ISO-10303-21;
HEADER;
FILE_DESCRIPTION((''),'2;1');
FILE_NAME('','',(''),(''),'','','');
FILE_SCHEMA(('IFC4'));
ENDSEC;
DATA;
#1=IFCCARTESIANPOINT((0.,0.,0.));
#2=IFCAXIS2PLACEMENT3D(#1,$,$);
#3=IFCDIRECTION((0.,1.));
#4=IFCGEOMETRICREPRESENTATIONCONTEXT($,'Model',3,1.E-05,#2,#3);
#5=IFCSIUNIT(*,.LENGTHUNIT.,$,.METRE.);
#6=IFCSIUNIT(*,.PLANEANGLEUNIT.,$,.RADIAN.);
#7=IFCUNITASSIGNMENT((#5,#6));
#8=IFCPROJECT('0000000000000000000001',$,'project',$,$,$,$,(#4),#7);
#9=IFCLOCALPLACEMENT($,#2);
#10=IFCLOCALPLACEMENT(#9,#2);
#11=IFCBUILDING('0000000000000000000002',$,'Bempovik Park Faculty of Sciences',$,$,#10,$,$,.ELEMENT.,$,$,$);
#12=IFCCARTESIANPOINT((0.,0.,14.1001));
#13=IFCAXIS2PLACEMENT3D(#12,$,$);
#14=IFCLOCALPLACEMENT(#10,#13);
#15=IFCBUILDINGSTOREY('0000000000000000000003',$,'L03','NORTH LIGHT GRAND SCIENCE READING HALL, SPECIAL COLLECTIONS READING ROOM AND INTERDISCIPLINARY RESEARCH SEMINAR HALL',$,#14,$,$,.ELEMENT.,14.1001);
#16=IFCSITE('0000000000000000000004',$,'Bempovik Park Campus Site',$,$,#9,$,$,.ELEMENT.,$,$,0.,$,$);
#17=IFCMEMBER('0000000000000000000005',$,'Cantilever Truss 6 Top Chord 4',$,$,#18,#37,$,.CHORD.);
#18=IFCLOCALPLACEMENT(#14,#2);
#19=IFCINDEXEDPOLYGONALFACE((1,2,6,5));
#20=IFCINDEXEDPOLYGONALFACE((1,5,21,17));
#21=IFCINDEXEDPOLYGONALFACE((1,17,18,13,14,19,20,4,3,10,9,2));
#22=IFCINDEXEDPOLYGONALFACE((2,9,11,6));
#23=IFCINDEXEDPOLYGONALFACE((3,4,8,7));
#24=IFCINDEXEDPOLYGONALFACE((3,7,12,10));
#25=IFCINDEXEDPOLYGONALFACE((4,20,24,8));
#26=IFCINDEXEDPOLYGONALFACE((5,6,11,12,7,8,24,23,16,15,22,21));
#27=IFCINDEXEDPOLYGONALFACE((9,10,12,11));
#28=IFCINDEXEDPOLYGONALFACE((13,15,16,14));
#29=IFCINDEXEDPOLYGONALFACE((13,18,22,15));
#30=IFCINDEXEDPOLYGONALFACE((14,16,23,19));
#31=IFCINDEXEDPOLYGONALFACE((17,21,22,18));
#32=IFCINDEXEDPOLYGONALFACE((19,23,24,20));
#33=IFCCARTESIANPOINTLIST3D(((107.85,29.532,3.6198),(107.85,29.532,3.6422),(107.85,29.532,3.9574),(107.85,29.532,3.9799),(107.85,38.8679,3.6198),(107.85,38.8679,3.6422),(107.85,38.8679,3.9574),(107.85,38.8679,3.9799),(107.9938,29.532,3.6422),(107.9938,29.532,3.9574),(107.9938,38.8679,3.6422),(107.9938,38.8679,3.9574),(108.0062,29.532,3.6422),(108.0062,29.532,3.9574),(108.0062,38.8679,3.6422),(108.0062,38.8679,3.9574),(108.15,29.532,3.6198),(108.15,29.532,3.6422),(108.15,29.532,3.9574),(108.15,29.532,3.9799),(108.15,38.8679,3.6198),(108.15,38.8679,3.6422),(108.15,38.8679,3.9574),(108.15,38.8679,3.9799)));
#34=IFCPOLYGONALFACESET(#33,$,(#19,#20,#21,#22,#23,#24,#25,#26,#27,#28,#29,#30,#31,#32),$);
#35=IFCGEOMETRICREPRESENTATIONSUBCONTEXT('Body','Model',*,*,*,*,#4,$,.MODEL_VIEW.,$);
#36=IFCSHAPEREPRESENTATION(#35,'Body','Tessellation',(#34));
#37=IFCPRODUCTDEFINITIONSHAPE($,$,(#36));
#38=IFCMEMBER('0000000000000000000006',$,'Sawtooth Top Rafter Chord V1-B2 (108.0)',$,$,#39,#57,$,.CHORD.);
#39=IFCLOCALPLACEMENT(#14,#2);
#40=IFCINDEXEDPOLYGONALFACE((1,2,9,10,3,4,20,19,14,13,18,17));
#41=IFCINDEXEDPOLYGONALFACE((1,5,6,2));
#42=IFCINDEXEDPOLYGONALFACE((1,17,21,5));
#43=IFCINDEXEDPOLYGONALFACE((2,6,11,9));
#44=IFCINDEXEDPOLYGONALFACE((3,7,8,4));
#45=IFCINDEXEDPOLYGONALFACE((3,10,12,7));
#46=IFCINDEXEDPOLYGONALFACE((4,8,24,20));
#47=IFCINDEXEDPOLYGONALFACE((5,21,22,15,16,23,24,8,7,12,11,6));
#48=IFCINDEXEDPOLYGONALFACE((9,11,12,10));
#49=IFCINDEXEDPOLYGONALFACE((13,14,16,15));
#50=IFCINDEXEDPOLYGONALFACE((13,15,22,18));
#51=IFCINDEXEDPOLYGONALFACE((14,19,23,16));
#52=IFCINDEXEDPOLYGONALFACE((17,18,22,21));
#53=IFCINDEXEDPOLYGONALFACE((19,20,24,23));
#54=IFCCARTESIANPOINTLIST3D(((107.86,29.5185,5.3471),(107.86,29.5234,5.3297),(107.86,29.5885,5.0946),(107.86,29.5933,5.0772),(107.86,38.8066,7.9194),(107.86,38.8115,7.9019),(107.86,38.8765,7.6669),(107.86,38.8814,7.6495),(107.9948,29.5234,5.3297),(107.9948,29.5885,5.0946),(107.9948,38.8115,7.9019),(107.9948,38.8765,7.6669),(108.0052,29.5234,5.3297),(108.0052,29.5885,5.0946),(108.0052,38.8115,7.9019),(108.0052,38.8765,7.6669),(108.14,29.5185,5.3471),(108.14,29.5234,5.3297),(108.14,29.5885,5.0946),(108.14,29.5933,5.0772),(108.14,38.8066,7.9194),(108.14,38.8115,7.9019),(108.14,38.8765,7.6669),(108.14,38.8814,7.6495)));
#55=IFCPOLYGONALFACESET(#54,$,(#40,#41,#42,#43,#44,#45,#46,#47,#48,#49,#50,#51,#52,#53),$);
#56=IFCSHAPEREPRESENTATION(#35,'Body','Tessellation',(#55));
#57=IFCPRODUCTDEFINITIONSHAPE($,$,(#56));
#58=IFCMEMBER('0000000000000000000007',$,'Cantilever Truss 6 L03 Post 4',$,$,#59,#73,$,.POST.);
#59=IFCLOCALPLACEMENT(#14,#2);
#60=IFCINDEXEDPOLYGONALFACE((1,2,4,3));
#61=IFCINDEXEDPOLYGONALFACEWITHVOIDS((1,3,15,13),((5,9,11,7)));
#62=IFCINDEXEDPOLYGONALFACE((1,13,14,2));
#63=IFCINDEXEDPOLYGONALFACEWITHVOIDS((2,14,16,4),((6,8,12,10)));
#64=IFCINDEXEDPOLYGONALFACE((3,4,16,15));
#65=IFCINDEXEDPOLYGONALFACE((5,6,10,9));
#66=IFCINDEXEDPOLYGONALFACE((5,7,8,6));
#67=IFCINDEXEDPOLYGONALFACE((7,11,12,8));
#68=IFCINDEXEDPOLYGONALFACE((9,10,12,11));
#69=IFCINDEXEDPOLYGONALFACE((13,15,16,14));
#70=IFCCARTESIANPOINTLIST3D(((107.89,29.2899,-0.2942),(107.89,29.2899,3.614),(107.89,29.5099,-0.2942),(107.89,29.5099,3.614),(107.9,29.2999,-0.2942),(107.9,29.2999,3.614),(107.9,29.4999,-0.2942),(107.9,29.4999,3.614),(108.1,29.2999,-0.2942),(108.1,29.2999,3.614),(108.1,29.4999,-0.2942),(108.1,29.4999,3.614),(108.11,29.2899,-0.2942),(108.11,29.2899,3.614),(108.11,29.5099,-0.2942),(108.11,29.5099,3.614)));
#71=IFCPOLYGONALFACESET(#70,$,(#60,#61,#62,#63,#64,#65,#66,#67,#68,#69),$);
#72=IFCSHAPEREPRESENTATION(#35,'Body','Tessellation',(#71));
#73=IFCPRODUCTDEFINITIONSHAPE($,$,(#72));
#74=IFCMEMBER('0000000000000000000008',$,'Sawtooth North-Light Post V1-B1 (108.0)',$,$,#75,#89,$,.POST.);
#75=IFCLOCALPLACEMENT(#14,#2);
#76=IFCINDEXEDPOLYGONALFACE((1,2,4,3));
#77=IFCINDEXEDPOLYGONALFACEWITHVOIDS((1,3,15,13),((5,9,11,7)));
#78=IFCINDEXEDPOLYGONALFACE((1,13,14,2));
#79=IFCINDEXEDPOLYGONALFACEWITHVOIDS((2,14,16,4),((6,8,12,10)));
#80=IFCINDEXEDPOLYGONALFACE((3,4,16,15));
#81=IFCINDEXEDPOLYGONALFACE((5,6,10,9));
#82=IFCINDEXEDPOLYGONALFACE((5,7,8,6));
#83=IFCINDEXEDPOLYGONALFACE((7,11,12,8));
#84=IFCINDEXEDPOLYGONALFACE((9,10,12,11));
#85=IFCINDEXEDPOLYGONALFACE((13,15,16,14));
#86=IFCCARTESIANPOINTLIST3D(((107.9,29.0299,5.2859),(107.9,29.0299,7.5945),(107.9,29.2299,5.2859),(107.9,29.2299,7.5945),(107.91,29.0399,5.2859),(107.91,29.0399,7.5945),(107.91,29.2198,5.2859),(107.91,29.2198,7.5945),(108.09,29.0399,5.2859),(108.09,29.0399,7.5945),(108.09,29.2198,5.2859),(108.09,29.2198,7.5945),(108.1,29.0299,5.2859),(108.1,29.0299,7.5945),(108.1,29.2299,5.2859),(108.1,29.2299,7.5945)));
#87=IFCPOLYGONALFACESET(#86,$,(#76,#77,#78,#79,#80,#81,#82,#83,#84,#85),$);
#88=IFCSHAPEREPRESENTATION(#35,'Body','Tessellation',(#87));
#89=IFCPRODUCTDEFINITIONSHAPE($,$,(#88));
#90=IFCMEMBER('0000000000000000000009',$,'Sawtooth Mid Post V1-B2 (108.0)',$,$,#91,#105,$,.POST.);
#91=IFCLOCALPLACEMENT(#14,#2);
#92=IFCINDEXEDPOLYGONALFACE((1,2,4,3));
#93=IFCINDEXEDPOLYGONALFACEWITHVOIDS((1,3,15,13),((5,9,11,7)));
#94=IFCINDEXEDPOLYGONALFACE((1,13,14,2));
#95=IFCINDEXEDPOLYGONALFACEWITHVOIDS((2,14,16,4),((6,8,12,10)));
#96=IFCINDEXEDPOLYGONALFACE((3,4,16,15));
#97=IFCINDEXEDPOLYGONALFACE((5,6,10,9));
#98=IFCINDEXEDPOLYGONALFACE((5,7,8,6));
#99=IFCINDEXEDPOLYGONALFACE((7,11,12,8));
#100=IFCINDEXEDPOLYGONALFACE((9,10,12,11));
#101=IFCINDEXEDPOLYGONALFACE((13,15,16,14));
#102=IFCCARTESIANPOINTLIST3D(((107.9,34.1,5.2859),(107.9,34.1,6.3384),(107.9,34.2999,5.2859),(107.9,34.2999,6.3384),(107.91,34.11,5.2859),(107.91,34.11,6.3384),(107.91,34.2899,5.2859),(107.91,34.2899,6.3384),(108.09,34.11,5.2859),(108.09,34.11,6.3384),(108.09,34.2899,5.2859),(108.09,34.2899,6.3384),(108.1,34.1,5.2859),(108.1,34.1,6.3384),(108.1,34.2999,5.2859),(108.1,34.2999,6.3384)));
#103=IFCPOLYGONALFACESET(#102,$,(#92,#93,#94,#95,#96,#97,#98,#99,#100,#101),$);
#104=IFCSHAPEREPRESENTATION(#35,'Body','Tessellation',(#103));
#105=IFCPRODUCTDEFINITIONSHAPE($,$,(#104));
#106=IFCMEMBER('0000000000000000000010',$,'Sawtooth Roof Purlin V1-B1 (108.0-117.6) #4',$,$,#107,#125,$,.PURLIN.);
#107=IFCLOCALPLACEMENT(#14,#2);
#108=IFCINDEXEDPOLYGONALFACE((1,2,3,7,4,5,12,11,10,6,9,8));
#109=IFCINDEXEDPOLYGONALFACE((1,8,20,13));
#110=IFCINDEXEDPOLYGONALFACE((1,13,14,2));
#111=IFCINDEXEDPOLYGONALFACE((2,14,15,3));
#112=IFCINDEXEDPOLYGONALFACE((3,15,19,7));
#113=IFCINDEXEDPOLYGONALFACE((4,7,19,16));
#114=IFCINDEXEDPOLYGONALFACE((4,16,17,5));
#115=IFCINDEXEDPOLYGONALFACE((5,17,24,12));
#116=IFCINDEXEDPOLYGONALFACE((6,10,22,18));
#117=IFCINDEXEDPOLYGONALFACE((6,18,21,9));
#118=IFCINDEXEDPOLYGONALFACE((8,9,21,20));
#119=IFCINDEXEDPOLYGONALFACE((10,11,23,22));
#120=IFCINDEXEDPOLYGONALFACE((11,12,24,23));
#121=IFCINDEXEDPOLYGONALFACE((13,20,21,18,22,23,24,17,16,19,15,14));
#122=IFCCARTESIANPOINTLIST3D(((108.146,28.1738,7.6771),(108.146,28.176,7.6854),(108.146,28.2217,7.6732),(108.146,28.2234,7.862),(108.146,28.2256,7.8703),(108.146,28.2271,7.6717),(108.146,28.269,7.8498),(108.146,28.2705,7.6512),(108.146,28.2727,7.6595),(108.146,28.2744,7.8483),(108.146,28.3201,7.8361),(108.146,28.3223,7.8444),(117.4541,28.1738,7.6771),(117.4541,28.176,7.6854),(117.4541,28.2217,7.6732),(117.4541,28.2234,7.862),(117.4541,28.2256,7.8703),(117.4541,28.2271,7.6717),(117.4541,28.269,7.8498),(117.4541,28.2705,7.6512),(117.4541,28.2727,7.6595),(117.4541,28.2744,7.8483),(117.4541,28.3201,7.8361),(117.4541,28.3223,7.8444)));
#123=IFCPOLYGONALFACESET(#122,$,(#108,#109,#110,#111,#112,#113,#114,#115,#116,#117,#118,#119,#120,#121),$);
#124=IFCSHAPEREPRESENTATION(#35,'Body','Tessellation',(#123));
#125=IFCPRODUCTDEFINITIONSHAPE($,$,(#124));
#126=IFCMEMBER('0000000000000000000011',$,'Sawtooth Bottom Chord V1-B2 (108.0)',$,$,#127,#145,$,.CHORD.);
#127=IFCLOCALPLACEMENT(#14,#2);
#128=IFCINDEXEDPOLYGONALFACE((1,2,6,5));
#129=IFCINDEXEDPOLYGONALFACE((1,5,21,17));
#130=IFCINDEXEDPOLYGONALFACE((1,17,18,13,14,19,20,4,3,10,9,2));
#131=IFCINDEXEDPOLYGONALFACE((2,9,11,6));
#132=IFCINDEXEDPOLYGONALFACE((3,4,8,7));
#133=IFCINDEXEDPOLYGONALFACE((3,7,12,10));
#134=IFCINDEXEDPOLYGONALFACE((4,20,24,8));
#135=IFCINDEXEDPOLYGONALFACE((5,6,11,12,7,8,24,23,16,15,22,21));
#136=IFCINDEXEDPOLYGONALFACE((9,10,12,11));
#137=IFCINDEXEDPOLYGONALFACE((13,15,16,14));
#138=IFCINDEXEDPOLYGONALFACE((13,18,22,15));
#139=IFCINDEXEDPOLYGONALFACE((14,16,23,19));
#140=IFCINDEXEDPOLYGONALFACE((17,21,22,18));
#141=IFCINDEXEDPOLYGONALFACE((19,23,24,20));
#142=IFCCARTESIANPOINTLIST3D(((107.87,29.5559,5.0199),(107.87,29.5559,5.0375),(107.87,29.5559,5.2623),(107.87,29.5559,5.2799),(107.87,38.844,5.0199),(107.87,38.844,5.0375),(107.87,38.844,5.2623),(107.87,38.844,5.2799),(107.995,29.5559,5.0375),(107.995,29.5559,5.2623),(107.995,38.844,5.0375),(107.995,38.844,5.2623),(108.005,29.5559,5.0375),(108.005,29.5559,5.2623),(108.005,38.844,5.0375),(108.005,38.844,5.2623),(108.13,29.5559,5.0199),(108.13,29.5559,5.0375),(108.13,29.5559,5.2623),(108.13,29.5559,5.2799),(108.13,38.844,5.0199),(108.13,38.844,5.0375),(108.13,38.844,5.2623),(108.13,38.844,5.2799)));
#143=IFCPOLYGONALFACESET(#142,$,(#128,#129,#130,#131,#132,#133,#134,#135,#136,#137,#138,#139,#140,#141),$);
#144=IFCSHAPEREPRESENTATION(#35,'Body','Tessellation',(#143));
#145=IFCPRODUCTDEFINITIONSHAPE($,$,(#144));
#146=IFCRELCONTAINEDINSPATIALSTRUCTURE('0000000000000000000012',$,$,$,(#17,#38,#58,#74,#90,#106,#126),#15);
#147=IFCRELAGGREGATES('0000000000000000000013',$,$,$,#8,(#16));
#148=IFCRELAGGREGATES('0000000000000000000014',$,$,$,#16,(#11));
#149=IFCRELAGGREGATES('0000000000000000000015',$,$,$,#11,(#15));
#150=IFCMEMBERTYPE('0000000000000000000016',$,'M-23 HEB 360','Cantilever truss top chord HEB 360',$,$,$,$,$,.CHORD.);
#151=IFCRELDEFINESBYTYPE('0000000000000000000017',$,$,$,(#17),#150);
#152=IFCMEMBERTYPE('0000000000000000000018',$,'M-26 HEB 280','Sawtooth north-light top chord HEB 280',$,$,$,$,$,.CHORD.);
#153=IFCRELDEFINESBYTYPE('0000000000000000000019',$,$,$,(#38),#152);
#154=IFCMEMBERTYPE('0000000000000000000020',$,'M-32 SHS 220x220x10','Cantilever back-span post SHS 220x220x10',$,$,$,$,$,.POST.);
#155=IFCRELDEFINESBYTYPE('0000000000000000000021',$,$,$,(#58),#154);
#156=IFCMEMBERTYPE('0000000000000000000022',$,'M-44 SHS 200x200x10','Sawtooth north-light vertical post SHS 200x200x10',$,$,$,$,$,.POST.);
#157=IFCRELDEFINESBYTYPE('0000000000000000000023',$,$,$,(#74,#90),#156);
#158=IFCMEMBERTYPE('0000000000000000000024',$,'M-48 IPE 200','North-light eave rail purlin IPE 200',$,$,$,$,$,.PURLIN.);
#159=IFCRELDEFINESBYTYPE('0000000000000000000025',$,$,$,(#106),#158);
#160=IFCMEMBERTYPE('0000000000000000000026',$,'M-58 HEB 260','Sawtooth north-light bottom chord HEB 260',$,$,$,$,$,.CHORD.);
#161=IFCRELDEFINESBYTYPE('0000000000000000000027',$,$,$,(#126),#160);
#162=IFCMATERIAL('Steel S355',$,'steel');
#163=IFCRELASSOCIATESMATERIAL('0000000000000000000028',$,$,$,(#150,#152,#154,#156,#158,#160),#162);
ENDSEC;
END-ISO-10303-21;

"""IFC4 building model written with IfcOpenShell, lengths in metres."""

from ifc_helpers import new_model, si_unit, direction, frame, origin, origin_2d, place, context, subcontext, project, spatial, hollow_rectangle, i_section, extrude, material, material_profile, profile_set, type_object, element, save


model = new_model("IFC4")

# Units and contexts
model_context = context("Model", 3, precision=1e-05, world=origin(), true_north=direction((0.0, 1.0)))
body_context = subcontext(model_context, "Body", "Model", "MODEL_VIEW")
ifc_project = project(units=[si_unit("LENGTHUNIT", "METRE"), si_unit("PLANEANGLEUNIT", "RADIAN")], contexts=[model_context])

# Site, building, storey
site_placement = place(None, origin())
site = spatial("IfcSite", under=ifc_project, at=site_placement, Name="Bempovik Park Campus Site", CompositionType="ELEMENT", RefElevation=0.0)
building_placement = place(site_placement, origin())
building = spatial("IfcBuilding", under=site, at=building_placement, Name="Bempovik Park Faculty of Sciences", CompositionType="ELEMENT")
storey_placement = place(building_placement, frame((0.0, 0.0, 14.1001)))
storey = spatial("IfcBuildingStorey", under=building, at=storey_placement, Name="L03", Description="NORTH LIGHT GRAND SCIENCE READING HALL, SPECIAL COLLECTIONS READING ROOM AND INTERDISCIPLINARY RESEARCH SEMINAR HALL", CompositionType="ELEMENT", Elevation=14.1001)

# Shared definitions
ifc_material_1 = material(Name="Steel S355", Category="steel")

# Members
ifc_material_profile_1 = material_profile(ifc_material_1, i_section(OverallWidth=0.3, OverallDepth=0.3601, WebThickness=0.0125, FlangeThickness=0.0225, at=origin_2d()), Name="HEB 360")
ifc_profile_set_1 = profile_set([ifc_material_profile_1], Name="Steel S355")
member_type_1 = type_object("IfcMemberType", Name="M-23 HEB 360", Description="Cantilever truss top chord HEB 360", PredefinedType="CHORD", material=ifc_profile_set_1)
member_1_placement = place(storey_placement, frame((108.0, 29.532, 3.7998), z_axis=(0.0, 1.0, 0.0), x_axis=(-1.0, 0.0, 0.0)))
element("IfcMember", 1, at=member_1_placement, inside=storey, type_object=member_type_1, Name="Cantilever Truss 6 Top Chord 4", PredefinedType="CHORD", context=body_context, shape_type="SweptSolid", body=[
    extrude(i_section(OverallWidth=0.3, OverallDepth=0.3601, WebThickness=0.0125, FlangeThickness=0.0225, at=origin_2d()), origin(), (0.0, 0.0, 1.0), 9.3359),
])
ifc_material_profile_2 = material_profile(ifc_material_1, i_section(OverallWidth=0.28, OverallDepth=0.28, WebThickness=0.0105, FlangeThickness=0.0181, at=origin_2d()), Name="HEB 280")
ifc_profile_set_2 = profile_set([ifc_material_profile_2], Name="Steel S355")
member_type_2 = type_object("IfcMemberType", Name="M-26 HEB 280", Description="Sawtooth north-light top chord HEB 280", PredefinedType="CHORD", material=ifc_profile_set_2)
member_2_placement = place(storey_placement, frame((108.0, 29.5559, 5.2122), z_axis=(0.0, 0.963725, 0.266896), x_axis=(-1.0, 0.0, 0.0)))
element("IfcMember", 2, at=member_2_placement, inside=storey, type_object=member_type_2, Name="Sawtooth Top Rafter Chord V1-B2 (108.0)", PredefinedType="CHORD", context=body_context, shape_type="SweptSolid", body=[
    extrude(i_section(OverallWidth=0.28, OverallDepth=0.28, WebThickness=0.0105, FlangeThickness=0.0181, at=origin_2d()), origin(), (0.0, 0.0, 1.0), 9.6377),
])
ifc_material_profile_3 = material_profile(ifc_material_1, hollow_rectangle(XDim=0.22, YDim=0.22, WallThickness=0.01, at=origin_2d()), Name="SHS 220x220x10")
ifc_profile_set_3 = profile_set([ifc_material_profile_3], Name="Steel S355")
member_type_3 = type_object("IfcMemberType", Name="M-32 SHS 220x220x10", Description="Cantilever back-span post SHS 220x220x10", PredefinedType="POST", material=ifc_profile_set_3)
member_3_placement = place(storey_placement, frame((108.0, 29.3999, -0.2942), z_axis=(0.0, 0.0, 1.0), x_axis=(1.0, 0.0, 0.0)))
element("IfcMember", 3, at=member_3_placement, inside=storey, type_object=member_type_3, Name="Cantilever Truss 6 L03 Post 4", PredefinedType="POST", context=body_context, shape_type="SweptSolid", body=[
    extrude(hollow_rectangle(XDim=0.22, YDim=0.22, WallThickness=0.01, at=origin_2d()), origin(), (0.0, 0.0, 1.0), 3.9082),
])
ifc_material_profile_4 = material_profile(ifc_material_1, hollow_rectangle(XDim=0.2, YDim=0.2, WallThickness=0.01, at=origin_2d()), Name="SHS 200x200x10")
ifc_profile_set_4 = profile_set([ifc_material_profile_4], Name="Steel S355")
member_type_4 = type_object("IfcMemberType", Name="M-44 SHS 200x200x10", Description="Sawtooth north-light vertical post SHS 200x200x10", PredefinedType="POST", material=ifc_profile_set_4)
member_4_placement = place(storey_placement, frame((108.0, 29.1299, 5.2859), z_axis=(0.0, 0.0, 1.0), x_axis=(1.0, 0.0, 0.0)))
element("IfcMember", 4, at=member_4_placement, inside=storey, type_object=member_type_4, Name="Sawtooth North-Light Post V1-B1 (108.0)", PredefinedType="POST", context=body_context, shape_type="SweptSolid", body=[
    extrude(hollow_rectangle(XDim=0.2, YDim=0.2, WallThickness=0.01, at=origin_2d()), origin(), (0.0, 0.0, 1.0), 2.3086),
])
member_5_placement = place(storey_placement, frame((108.0, 34.2, 5.2859), z_axis=(0.0, 0.0, 1.0), x_axis=(1.0, 0.0, 0.0)))
element("IfcMember", 5, at=member_5_placement, inside=storey, type_object=member_type_4, Name="Sawtooth Mid Post V1-B2 (108.0)", PredefinedType="POST", context=body_context, shape_type="SweptSolid", body=[
    extrude(hollow_rectangle(XDim=0.2, YDim=0.2, WallThickness=0.01, at=origin_2d()), origin(), (0.0, 0.0, 1.0), 1.0525),
])
ifc_material_profile_5 = material_profile(ifc_material_1, i_section(OverallWidth=0.1001, OverallDepth=0.2, WebThickness=0.0056, FlangeThickness=0.0085, at=origin_2d()), Name="IPE 200")
ifc_profile_set_5 = profile_set([ifc_material_profile_5], Name="Steel S355")
member_type_5 = type_object("IfcMemberType", Name="M-48 IPE 200", Description="North-light eave rail purlin IPE 200", PredefinedType="PURLIN", material=ifc_profile_set_5)
member_6_placement = place(storey_placement, frame((108.146, 28.248, 7.7607), z_axis=(1.0, 0.0, 0.0), x_axis=(0.0, 0.965926, -0.258819)))
element("IfcMember", 6, at=member_6_placement, inside=storey, type_object=member_type_5, Name="Sawtooth Roof Purlin V1-B1 (108.0-117.6) #4", PredefinedType="PURLIN", context=body_context, shape_type="SweptSolid", body=[
    extrude(i_section(OverallWidth=0.1001, OverallDepth=0.2, WebThickness=0.0056, FlangeThickness=0.0085, at=origin_2d()), origin(), (0.0, 0.0, 1.0), 9.3081),
])
ifc_material_profile_6 = material_profile(ifc_material_1, i_section(OverallWidth=0.26, OverallDepth=0.26, WebThickness=0.01, FlangeThickness=0.0176, at=origin_2d()), Name="HEB 260")
ifc_profile_set_6 = profile_set([ifc_material_profile_6], Name="Steel S355")
member_type_6 = type_object("IfcMemberType", Name="M-58 HEB 260", Description="Sawtooth north-light bottom chord HEB 260", PredefinedType="CHORD", material=ifc_profile_set_6)
member_7_placement = place(storey_placement, frame((108.0, 29.5559, 5.1499), z_axis=(0.0, 1.0, 0.0), x_axis=(-1.0, 0.0, 0.0)))
element("IfcMember", 7, at=member_7_placement, inside=storey, type_object=member_type_6, Name="Sawtooth Bottom Chord V1-B2 (108.0)", PredefinedType="CHORD", context=body_context, shape_type="SweptSolid", body=[
    extrude(i_section(OverallWidth=0.26, OverallDepth=0.26, WebThickness=0.01, FlangeThickness=0.0176, at=origin_2d()), origin(), (0.0, 0.0, 1.0), 9.2881),
])

save(model, "model.ifc")
